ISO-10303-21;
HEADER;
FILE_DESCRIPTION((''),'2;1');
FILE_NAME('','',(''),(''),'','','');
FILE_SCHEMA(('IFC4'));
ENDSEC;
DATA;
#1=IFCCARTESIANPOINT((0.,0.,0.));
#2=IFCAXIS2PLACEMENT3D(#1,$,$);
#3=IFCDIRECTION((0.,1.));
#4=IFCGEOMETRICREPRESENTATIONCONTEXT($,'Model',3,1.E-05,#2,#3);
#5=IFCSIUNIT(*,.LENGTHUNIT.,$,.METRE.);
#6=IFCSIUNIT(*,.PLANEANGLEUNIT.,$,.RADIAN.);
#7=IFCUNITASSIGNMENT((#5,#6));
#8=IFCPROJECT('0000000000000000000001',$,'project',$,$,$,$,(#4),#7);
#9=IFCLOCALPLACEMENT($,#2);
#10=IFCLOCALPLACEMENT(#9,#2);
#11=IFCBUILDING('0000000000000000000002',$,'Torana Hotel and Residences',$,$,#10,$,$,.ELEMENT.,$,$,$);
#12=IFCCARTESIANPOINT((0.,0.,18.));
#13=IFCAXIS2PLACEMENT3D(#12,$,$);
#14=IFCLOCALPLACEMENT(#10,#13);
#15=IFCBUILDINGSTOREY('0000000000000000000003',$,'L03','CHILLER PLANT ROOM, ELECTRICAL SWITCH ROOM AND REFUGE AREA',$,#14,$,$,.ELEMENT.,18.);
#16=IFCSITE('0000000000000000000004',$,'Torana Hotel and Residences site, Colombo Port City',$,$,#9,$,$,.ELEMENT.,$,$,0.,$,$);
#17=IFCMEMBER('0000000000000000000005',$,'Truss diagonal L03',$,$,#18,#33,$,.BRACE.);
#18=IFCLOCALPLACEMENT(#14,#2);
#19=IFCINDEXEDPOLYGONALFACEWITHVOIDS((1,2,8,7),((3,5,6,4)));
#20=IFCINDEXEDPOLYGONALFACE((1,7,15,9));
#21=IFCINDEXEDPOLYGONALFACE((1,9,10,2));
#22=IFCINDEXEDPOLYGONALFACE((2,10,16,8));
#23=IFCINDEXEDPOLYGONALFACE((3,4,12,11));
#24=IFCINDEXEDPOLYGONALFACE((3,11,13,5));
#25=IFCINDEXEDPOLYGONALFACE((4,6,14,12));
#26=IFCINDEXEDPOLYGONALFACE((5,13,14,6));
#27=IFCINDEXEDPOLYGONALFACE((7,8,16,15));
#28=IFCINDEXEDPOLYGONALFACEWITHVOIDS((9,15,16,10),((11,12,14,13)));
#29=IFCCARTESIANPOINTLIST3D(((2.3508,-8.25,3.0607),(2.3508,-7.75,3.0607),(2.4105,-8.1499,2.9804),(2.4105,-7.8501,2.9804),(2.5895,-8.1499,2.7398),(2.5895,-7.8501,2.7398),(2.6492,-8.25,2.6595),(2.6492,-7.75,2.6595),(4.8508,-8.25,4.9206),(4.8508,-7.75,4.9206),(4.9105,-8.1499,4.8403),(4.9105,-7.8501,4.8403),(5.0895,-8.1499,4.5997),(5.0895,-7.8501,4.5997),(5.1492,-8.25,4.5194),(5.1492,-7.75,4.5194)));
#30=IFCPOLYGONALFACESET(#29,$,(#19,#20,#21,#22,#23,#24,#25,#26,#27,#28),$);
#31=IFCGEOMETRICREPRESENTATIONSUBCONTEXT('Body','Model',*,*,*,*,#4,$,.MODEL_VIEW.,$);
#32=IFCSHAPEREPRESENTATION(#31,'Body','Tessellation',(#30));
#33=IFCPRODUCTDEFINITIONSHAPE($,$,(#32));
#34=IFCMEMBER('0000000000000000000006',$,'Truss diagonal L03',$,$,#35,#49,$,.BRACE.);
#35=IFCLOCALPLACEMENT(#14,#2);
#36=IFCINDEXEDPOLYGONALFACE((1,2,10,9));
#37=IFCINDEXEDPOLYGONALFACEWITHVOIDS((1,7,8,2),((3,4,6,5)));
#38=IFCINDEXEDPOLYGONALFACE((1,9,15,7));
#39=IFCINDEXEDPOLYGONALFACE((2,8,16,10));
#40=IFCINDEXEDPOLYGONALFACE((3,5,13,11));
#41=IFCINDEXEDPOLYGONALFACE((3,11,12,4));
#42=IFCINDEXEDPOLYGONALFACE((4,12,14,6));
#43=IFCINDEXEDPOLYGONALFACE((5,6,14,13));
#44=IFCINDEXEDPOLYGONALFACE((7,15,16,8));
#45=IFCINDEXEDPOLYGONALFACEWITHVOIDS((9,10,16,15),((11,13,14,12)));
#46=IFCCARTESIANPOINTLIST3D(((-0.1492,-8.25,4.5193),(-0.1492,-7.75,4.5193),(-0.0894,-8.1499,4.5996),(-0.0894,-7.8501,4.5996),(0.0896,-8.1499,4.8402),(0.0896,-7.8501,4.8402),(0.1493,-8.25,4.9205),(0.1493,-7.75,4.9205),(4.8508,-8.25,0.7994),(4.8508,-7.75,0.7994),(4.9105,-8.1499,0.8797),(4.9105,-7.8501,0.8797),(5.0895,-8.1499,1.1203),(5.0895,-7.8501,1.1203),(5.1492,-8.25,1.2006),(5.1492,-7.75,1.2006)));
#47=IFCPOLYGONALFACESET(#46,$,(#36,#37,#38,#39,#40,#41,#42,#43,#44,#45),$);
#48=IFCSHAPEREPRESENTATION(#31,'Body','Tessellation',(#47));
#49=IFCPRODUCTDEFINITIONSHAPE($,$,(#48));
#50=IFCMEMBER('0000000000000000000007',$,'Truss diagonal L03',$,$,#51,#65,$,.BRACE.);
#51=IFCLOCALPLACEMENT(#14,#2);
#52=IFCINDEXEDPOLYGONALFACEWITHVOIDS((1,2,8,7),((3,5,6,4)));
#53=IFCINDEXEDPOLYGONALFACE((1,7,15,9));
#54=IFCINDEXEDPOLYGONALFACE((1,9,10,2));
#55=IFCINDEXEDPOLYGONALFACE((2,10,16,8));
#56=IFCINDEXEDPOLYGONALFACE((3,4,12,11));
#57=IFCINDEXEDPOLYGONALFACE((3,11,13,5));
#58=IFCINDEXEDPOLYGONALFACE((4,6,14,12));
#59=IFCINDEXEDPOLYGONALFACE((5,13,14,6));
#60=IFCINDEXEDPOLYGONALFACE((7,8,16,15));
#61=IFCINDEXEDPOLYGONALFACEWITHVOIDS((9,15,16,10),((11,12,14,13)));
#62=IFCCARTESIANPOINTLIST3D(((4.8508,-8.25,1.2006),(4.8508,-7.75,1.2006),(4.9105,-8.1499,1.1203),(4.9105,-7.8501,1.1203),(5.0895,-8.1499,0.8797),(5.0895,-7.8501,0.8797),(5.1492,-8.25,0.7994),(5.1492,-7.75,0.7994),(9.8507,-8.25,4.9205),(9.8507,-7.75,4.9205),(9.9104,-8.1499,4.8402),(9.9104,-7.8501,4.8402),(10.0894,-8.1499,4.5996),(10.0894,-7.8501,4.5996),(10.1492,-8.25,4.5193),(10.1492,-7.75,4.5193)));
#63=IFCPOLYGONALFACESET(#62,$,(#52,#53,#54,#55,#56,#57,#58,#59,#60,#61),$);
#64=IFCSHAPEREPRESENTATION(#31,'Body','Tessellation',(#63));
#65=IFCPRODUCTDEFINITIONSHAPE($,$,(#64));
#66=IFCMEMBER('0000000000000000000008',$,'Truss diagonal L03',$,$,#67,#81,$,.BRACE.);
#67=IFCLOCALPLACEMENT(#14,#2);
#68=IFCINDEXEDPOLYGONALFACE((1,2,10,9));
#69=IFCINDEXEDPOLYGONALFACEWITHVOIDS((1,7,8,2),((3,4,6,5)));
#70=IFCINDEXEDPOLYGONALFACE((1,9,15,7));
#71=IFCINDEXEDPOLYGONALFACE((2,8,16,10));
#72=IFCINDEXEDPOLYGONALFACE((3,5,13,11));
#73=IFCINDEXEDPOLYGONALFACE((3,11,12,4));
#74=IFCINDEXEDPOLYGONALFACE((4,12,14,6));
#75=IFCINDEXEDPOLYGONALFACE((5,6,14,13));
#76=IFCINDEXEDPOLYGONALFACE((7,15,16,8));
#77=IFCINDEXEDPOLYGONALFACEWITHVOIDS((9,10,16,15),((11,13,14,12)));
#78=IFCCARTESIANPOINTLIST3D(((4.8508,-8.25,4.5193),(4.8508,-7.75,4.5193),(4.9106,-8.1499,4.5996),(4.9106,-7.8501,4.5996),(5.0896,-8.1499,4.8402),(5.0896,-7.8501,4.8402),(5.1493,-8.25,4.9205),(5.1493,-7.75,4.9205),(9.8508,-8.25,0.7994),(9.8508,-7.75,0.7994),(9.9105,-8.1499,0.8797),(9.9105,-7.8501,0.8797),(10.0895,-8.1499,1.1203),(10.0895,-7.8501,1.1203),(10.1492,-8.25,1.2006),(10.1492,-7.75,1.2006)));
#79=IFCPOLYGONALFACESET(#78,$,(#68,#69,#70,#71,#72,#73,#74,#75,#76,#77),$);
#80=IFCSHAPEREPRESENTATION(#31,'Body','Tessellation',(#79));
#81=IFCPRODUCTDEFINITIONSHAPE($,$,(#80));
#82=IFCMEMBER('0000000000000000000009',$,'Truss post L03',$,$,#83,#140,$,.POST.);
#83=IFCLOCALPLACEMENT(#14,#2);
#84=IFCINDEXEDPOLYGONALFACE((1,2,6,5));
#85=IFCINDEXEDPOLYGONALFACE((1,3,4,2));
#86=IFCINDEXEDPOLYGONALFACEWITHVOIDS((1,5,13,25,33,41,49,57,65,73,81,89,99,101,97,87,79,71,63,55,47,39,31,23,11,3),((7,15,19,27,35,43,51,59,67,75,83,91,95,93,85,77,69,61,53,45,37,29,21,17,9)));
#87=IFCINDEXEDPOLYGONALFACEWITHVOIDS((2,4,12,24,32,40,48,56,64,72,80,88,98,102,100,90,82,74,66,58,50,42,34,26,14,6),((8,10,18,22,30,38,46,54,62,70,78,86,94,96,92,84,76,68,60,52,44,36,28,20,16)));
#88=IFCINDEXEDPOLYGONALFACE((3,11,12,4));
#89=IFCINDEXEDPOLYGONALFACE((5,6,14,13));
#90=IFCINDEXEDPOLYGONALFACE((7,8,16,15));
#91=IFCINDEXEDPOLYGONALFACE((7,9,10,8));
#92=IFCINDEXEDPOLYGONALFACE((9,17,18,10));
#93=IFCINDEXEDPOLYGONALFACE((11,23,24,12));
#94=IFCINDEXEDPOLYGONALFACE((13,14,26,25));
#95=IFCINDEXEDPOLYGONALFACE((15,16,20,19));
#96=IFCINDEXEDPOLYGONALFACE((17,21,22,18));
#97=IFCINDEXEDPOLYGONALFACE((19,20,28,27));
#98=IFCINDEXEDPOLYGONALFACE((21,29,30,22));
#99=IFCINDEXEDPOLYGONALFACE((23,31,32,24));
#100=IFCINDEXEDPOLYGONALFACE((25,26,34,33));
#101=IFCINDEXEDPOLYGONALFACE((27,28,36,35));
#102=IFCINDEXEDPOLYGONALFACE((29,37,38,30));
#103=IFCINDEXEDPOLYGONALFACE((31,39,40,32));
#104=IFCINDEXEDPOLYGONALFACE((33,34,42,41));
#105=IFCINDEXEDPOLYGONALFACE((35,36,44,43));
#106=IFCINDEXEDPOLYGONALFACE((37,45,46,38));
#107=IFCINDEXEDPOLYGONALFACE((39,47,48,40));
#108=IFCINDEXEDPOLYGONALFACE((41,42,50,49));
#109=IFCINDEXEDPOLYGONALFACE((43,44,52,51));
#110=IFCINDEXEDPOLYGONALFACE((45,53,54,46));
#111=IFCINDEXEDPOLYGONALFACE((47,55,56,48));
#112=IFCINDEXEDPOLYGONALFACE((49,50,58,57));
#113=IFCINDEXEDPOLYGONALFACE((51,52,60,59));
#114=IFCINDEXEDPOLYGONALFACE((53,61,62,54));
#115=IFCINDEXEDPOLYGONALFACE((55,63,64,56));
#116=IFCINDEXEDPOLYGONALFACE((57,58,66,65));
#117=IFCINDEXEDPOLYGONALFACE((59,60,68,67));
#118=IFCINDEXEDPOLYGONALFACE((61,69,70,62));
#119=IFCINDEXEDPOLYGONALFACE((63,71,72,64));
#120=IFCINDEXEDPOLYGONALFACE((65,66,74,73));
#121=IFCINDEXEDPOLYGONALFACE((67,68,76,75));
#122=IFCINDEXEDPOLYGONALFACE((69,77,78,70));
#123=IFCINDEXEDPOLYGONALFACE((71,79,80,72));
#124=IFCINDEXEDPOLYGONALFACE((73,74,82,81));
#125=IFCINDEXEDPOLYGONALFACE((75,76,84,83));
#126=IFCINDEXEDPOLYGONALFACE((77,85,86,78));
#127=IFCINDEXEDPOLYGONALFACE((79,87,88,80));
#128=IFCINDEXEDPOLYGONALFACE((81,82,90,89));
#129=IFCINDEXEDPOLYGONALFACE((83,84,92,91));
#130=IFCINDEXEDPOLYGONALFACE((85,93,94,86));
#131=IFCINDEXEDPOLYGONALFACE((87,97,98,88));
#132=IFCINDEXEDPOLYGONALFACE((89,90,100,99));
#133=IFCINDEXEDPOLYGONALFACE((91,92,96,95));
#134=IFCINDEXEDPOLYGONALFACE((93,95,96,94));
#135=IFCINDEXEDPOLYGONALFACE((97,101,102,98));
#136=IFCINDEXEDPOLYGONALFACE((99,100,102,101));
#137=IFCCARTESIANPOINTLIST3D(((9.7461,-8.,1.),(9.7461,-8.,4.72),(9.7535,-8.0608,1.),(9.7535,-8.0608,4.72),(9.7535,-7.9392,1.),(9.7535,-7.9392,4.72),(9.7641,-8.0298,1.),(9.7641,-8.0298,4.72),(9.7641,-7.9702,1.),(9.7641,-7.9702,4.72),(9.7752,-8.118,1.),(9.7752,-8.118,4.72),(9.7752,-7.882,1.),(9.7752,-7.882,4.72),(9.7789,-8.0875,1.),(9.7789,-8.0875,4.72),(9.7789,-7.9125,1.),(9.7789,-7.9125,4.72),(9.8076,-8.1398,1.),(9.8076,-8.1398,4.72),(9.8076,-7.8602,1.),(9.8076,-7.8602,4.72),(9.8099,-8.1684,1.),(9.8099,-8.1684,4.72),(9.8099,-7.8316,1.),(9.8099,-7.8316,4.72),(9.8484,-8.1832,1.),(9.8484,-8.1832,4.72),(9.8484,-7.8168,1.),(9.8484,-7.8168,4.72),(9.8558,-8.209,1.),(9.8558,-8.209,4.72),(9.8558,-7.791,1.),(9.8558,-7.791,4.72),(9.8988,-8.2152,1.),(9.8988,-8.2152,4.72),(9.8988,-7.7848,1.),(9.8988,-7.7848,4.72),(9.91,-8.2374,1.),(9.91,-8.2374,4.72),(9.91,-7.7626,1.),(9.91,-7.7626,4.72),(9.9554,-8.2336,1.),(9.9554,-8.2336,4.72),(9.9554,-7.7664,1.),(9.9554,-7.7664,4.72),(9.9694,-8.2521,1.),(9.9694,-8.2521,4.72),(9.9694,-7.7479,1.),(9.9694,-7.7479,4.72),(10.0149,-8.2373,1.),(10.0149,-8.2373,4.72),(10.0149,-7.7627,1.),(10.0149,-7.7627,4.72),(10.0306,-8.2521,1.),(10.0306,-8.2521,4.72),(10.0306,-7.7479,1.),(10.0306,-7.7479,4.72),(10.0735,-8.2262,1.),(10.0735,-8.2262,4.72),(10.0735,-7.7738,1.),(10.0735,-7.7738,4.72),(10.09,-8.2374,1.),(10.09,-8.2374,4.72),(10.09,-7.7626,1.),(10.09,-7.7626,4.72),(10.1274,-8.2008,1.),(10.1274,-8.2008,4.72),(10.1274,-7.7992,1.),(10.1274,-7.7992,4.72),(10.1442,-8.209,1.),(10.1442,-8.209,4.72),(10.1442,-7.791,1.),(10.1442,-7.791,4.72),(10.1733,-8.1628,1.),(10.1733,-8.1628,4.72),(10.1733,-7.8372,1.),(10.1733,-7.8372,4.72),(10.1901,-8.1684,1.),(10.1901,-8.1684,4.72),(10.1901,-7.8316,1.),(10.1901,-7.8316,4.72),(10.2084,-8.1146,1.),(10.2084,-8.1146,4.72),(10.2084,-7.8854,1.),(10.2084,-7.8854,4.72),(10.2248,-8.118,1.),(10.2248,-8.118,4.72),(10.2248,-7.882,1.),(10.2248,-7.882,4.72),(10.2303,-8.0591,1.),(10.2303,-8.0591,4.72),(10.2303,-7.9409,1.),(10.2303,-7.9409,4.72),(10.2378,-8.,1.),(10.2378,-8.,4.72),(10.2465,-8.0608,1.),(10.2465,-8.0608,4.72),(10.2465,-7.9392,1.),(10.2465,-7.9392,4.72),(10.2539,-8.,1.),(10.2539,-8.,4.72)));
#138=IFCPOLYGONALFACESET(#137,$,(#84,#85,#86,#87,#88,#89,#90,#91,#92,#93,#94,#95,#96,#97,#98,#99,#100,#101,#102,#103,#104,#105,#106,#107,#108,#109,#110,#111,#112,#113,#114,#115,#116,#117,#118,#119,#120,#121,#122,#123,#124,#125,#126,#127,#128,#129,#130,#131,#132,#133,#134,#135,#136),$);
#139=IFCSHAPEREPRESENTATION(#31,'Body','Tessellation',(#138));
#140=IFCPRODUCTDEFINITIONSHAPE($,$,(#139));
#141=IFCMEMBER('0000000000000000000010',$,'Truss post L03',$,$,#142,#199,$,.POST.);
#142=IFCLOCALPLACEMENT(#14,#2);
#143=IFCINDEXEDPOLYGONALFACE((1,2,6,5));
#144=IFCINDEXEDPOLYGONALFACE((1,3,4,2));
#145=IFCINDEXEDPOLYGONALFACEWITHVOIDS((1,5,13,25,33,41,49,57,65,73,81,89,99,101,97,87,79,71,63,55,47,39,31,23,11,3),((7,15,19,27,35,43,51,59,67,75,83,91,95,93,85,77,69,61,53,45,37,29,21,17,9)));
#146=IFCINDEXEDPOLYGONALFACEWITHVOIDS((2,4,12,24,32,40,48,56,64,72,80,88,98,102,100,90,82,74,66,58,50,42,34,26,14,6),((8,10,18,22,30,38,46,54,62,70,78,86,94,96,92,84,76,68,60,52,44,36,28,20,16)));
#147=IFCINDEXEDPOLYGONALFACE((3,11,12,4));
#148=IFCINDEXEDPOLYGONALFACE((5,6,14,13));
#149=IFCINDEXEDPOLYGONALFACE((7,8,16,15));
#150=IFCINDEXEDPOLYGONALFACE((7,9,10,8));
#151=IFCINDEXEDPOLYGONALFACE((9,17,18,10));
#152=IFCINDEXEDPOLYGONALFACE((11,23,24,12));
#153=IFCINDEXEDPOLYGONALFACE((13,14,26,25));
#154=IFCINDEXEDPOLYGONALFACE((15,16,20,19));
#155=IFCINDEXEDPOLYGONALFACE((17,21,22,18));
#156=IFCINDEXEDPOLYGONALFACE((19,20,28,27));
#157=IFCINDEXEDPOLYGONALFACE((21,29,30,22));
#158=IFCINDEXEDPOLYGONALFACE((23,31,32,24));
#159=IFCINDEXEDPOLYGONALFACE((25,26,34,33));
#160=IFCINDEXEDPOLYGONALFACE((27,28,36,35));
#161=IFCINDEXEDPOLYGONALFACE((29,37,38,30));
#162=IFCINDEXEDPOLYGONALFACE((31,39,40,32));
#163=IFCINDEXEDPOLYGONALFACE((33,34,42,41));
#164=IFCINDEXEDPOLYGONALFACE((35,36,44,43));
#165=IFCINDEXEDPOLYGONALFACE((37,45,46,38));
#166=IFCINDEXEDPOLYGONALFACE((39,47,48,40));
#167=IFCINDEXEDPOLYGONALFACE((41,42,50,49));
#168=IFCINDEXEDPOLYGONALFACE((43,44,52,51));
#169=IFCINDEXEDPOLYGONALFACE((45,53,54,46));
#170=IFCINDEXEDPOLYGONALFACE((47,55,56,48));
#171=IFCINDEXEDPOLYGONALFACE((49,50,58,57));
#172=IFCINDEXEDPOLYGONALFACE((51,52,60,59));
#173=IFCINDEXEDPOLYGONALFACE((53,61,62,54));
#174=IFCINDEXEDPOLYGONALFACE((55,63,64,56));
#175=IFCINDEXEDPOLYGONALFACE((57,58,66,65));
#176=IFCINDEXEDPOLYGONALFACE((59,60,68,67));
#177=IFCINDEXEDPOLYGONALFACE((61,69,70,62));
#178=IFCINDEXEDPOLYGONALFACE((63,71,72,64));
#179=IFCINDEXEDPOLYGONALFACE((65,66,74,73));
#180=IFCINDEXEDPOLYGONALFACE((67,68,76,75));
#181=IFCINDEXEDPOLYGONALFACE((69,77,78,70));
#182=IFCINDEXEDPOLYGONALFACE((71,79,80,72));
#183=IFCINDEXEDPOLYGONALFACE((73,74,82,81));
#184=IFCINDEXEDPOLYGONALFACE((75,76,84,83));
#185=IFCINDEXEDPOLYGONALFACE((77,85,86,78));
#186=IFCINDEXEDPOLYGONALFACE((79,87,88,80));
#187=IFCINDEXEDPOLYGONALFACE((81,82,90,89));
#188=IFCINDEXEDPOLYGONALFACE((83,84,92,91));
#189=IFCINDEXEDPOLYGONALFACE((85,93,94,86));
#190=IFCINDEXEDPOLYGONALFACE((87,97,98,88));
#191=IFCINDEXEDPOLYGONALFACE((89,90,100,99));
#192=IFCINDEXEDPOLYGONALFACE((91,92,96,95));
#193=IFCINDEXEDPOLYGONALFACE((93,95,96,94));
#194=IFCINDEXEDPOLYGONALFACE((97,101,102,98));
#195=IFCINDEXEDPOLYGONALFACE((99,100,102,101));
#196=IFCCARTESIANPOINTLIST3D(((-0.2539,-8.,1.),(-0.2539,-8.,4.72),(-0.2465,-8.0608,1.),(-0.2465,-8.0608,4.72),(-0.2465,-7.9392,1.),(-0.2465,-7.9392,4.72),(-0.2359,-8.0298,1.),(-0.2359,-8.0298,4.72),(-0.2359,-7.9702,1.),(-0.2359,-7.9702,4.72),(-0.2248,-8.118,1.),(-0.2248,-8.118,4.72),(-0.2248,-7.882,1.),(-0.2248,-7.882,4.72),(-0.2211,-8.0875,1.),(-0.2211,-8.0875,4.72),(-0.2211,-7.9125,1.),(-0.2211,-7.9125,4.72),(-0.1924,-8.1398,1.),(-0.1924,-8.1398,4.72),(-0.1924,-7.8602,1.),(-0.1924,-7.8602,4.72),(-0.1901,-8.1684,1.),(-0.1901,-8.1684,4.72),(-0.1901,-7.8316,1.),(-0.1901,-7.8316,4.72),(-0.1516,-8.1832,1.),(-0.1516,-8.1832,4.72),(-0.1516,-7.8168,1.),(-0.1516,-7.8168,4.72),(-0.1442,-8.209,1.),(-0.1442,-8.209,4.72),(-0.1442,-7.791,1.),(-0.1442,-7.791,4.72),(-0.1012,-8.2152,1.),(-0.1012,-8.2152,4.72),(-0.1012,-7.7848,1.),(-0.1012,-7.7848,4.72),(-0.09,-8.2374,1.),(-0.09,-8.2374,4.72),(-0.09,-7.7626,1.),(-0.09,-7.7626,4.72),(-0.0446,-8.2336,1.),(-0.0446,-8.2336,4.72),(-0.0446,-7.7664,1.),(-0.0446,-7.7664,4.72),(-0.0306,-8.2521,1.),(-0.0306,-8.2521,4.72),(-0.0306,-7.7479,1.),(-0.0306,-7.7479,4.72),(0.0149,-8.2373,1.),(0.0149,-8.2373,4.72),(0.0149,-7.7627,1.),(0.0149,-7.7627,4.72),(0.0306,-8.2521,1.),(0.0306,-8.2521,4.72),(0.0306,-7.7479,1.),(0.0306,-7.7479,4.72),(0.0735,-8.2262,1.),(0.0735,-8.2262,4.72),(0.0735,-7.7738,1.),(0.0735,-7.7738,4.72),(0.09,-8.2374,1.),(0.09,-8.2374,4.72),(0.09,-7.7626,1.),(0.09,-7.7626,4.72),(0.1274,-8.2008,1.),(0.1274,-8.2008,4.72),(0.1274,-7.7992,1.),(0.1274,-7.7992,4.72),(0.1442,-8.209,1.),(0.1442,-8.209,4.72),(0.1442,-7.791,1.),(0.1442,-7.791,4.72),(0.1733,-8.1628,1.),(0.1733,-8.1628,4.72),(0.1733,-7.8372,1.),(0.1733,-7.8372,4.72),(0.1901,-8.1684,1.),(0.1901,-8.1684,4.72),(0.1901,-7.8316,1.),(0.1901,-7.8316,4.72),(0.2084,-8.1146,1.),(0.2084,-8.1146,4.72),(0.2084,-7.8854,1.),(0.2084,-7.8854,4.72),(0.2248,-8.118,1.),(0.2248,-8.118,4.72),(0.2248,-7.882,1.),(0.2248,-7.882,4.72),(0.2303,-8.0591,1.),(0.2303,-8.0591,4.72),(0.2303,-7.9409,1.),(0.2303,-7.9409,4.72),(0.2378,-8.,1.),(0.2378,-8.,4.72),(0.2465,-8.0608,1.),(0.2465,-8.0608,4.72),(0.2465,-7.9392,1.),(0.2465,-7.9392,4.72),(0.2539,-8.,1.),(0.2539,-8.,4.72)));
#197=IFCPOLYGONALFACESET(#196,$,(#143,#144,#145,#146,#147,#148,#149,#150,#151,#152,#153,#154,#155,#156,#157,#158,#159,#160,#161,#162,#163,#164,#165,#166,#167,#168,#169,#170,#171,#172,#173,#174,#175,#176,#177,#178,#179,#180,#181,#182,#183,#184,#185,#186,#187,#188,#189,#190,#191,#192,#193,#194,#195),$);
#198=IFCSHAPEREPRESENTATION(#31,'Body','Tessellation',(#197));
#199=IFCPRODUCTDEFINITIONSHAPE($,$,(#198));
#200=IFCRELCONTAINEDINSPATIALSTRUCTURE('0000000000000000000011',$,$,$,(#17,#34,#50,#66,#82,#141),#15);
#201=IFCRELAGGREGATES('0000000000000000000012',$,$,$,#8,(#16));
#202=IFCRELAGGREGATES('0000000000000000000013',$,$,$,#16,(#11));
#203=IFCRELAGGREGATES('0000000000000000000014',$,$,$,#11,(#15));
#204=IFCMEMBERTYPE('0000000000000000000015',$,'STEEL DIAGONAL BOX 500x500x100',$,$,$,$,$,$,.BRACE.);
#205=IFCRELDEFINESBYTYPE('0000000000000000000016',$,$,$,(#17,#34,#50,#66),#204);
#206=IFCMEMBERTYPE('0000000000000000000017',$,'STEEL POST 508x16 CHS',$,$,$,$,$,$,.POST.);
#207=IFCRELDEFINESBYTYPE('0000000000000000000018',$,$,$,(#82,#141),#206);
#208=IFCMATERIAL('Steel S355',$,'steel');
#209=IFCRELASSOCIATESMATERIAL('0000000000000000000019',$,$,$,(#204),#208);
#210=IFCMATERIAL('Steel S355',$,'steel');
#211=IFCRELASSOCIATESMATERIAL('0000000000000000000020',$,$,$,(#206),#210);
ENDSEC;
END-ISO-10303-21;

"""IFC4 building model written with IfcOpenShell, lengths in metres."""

from ifc_helpers import new_model, si_unit, direction, frame, origin, origin_2d, place, context, subcontext, project, spatial, hollow_rectangle, hollow_circle, extrude, material, material_profile, profile_set, type_object, element, save


model = new_model("IFC4")

# Units and contexts
model_context = context("Model", 3, precision=1e-05, world=origin(), true_north=direction((0.0, 1.0)))
body_context = subcontext(model_context, "Body", "Model", "MODEL_VIEW")
ifc_project = project(units=[si_unit("LENGTHUNIT", "METRE"), si_unit("PLANEANGLEUNIT", "RADIAN")], contexts=[model_context])

# Site, building, storey
site_placement = place(None, origin())
site = spatial("IfcSite", under=ifc_project, at=site_placement, Name="Torana Hotel and Residences site, Colombo Port City", CompositionType="ELEMENT", RefElevation=0.0)
building_placement = place(site_placement, origin())
building = spatial("IfcBuilding", under=site, at=building_placement, Name="Torana Hotel and Residences", CompositionType="ELEMENT")
storey_placement = place(building_placement, frame((0.0, 0.0, 18.0)))
storey = spatial("IfcBuildingStorey", under=building, at=storey_placement, Name="L03", Description="CHILLER PLANT ROOM, ELECTRICAL SWITCH ROOM AND REFUGE AREA", CompositionType="ELEMENT", Elevation=18.0)

# Members
ifc_material_1 = material(Name="Steel S355", Category="steel")
ifc_material_profile_1 = material_profile(ifc_material_1, hollow_rectangle(XDim=0.5, YDim=0.5, WallThickness=0.1001, at=origin_2d()), Name="BOX 500x500x100")
ifc_profile_set_1 = profile_set([ifc_material_profile_1], Name="Steel S355")
member_type_1 = type_object("IfcMemberType", Name="STEEL DIAGONAL BOX 500x500x100", PredefinedType="BRACE", material=ifc_profile_set_1)
member_placement = place(storey_placement, frame((2.5, -8.0, 2.8601), z_axis=(0.802326, 0.0, 0.596886), x_axis=(0.0, 1.0, 0.0)))
element("IfcMember", 1, at=member_placement, inside=storey, type_object=member_type_1, Name="Truss diagonal L03", PredefinedType="BRACE", context=body_context, shape_type="SweptSolid", body=[
    extrude(hollow_rectangle(XDim=0.5, YDim=0.5, WallThickness=0.1001, at=origin_2d()), origin(), (0.0, 0.0, 1.0), 3.116),
])
for number, where, z_axis, x_axis, name in (
    (2, (5.0, -8.0, 1.0), (-0.802307, 0.0, 0.596912), (0.0, -1.0, 0.0), "Truss diagonal L03"),
    (3, (5.0, -8.0, 1.0), (0.802307, 0.0, 0.596912), (0.0, 1.0, 0.0), "Truss diagonal L03"),
    (4, (10.0, -8.0, 1.0), (-0.802307, 0.0, 0.596912), (0.0, -1.0, 0.0), "Truss diagonal L03"),
):
    element("IfcMember", number, at=place(storey_placement, frame(where, z_axis=z_axis, x_axis=x_axis)), inside=storey, type_object=member_type_1, Name=name, PredefinedType="BRACE", context=body_context, shape_type="SweptSolid", body=[
        extrude(hollow_rectangle(XDim=0.5, YDim=0.5, WallThickness=0.1001, at=origin_2d()), origin(), (0.0, 0.0, 1.0), 6.2319),
    ])
ifc_material_2 = material(Name="Steel S355", Category="steel")
ifc_material_profile_2 = material_profile(ifc_material_2, hollow_circle(Radius=0.2539, WallThickness=0.0161, at=origin_2d()), Name="508x16 CHS")
ifc_profile_set_2 = profile_set([ifc_material_profile_2], Name="Steel S355")
member_type_2 = type_object("IfcMemberType", Name="STEEL POST 508x16 CHS", PredefinedType="POST", material=ifc_profile_set_2)
for number, where, z_axis, x_axis, name in (
    (5, (10.0, -8.0, 1.0), (0.0, 0.0, 1.0), (1.0, 0.0, 0.0), "Truss post L03"),
    (6, (0.0, -8.0, 1.0), (0.0, 0.0, 1.0), (1.0, 0.0, 0.0), "Truss post L03"),
):
    element("IfcMember", number, at=place(storey_placement, frame(where, z_axis=z_axis, x_axis=x_axis)), inside=storey, type_object=member_type_2, Name=name, PredefinedType="POST", context=body_context, shape_type="SweptSolid", body=[
        extrude(hollow_circle(Radius=0.2539, WallThickness=0.0161, at=origin_2d()), origin(), (0.0, 0.0, 1.0), 3.72),
    ])

save(model, "model.ifc")
